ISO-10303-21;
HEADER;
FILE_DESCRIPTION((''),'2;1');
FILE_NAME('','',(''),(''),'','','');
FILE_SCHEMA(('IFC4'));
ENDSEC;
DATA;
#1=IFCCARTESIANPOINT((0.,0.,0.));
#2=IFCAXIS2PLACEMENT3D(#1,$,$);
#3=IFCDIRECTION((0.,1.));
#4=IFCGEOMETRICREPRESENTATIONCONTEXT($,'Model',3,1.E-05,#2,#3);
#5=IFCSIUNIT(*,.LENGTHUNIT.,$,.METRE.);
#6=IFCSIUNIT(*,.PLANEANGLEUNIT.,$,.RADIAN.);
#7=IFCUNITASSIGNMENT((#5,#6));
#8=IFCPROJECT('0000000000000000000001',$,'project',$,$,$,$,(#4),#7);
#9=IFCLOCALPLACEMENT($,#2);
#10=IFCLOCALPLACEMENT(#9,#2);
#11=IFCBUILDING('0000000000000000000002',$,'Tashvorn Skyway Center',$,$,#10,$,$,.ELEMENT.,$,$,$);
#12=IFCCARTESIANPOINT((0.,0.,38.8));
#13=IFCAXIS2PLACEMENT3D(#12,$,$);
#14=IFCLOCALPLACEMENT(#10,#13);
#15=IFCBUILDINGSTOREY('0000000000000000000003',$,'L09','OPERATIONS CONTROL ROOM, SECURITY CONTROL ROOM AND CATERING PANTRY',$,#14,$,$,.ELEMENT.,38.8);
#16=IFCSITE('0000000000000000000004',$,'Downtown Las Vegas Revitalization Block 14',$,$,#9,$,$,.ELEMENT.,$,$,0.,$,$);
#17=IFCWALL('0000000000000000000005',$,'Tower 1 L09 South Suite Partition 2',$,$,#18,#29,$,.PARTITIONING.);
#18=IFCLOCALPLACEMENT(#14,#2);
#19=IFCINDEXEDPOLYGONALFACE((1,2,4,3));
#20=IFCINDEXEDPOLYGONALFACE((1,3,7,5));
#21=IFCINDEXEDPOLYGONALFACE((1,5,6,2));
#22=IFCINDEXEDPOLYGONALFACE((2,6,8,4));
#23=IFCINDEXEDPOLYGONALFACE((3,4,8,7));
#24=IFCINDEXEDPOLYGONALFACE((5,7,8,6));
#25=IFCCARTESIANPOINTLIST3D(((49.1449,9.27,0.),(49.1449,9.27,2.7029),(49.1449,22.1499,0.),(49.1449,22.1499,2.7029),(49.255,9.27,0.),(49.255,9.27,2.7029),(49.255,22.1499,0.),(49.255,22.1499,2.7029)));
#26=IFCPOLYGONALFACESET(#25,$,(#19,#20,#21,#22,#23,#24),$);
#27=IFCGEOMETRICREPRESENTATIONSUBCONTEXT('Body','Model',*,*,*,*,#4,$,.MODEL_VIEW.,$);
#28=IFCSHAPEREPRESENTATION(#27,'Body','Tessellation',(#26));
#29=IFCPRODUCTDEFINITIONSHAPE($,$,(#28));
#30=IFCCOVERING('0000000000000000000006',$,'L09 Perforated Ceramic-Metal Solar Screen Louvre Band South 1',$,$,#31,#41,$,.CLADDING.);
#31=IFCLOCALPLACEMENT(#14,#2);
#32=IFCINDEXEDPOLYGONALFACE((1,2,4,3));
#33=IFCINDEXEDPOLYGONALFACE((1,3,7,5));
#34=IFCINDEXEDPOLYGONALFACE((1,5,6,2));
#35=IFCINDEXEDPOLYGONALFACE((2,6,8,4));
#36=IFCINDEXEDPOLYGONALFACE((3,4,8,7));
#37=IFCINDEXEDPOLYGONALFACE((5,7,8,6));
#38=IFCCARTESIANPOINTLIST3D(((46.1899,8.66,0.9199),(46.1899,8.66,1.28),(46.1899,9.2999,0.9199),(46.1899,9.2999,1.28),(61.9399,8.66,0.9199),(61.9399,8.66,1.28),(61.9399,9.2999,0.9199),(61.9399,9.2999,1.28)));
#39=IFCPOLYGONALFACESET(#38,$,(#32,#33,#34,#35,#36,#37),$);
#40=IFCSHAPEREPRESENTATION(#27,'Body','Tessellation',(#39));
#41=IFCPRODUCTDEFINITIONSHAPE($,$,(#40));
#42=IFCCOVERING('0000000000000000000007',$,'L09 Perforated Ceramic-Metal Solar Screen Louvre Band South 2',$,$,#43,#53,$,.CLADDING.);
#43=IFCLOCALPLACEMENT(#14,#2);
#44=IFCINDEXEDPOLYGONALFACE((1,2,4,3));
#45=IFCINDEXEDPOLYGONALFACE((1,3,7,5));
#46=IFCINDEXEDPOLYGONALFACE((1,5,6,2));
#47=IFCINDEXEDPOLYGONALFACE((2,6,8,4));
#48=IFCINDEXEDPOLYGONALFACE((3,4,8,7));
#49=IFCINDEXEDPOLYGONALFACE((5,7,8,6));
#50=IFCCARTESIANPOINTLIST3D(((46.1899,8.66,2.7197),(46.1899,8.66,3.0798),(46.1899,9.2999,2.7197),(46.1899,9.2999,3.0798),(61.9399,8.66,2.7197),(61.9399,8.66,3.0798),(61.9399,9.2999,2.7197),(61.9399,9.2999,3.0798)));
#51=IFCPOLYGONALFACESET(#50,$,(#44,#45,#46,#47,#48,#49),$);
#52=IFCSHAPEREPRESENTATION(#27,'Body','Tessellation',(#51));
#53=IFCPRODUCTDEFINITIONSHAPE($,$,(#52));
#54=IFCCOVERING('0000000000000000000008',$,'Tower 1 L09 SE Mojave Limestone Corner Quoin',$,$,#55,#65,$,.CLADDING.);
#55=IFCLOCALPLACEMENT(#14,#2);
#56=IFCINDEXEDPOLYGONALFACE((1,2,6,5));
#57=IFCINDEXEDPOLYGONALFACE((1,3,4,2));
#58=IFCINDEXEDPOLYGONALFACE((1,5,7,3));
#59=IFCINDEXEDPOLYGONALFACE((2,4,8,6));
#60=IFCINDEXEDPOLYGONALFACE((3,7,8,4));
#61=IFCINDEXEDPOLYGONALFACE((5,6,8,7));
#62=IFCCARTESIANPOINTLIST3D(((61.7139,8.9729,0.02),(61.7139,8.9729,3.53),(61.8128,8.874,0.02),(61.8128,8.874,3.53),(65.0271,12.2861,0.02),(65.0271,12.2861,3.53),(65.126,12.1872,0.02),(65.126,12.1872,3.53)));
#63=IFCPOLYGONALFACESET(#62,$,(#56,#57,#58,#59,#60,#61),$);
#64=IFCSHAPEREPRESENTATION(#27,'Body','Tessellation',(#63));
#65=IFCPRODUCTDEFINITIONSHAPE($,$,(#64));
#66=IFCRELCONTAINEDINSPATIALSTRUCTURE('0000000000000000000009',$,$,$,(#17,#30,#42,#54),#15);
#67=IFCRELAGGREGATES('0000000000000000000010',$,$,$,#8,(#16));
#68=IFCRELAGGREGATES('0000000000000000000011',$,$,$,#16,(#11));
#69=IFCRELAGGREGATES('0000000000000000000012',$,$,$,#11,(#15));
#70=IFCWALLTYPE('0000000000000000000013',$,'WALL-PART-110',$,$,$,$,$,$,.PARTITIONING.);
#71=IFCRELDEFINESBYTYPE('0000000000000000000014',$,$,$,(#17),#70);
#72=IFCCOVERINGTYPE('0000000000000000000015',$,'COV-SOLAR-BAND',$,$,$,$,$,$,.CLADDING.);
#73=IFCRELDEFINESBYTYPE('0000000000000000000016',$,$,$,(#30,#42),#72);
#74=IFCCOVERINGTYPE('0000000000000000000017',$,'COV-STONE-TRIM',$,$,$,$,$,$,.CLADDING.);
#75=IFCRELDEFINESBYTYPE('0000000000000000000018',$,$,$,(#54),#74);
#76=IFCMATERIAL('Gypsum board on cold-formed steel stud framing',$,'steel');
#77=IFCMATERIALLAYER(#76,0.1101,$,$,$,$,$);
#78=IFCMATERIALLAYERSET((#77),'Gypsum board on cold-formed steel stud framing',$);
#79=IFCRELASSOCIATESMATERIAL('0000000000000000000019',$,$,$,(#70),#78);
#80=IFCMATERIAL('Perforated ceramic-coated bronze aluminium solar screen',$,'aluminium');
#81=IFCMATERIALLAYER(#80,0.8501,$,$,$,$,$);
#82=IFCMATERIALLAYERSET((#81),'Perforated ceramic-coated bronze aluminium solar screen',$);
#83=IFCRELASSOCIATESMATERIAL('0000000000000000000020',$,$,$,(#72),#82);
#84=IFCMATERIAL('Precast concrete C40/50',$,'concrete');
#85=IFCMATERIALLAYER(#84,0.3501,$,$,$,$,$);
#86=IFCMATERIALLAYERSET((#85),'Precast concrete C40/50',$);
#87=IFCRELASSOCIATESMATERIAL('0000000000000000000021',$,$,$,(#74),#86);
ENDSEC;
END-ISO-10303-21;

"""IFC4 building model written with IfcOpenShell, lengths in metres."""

from ifc_helpers import new_model, si_unit, direction, frame, frame_2d, origin, origin_2d, place, context, subcontext, project, spatial, rectangle, extrude, material, layer, layer_set, type_object, element, save


model = new_model("IFC4")

# Units and contexts
model_context = context("Model", 3, precision=1e-05, world=origin(), true_north=direction((0.0, 1.0)))
body_context = subcontext(model_context, "Body", "Model", "MODEL_VIEW")
ifc_project = project(units=[si_unit("LENGTHUNIT", "METRE"), si_unit("PLANEANGLEUNIT", "RADIAN")], contexts=[model_context])

# Site, building, storey
site_placement = place(None, origin())
site = spatial("IfcSite", under=ifc_project, at=site_placement, Name="Downtown Las Vegas Revitalization Block 14", CompositionType="ELEMENT", RefElevation=0.0)
building_placement = place(site_placement, origin())
building = spatial("IfcBuilding", under=site, at=building_placement, Name="Tashvorn Skyway Center", CompositionType="ELEMENT")
storey_placement = place(building_placement, frame((0.0, 0.0, 38.8)))
storey = spatial("IfcBuildingStorey", under=building, at=storey_placement, Name="L09", Description="OPERATIONS CONTROL ROOM, SECURITY CONTROL ROOM AND CATERING PANTRY", CompositionType="ELEMENT", Elevation=38.8)

# Wall
ifc_material_1 = material(Name="Gypsum board on cold-formed steel stud framing", Category="steel")
ifc_layer_1 = layer(ifc_material_1, 0.1101)
ifc_layer_set_1 = layer_set([ifc_layer_1], Name="Gypsum board on cold-formed steel stud framing")
wall_type = type_object("IfcWallType", Name="WALL-PART-110", PredefinedType="PARTITIONING", material=ifc_layer_set_1)
wall_placement = place(storey_placement, frame((49.2, 9.27, 0.0), z_axis=(0.0, 0.0, 1.0), x_axis=(0.0, 1.0, 0.0)))
element("IfcWall", 1, at=wall_placement, inside=storey, type_object=wall_type, Name="Tower 1 L09 South Suite Partition 2", PredefinedType="PARTITIONING", context=body_context, shape_type="SweptSolid", body=[
    extrude(rectangle(XDim=12.8799, YDim=0.1101, at=frame_2d((6.4399, 0.0))), origin(), (0.0, 0.0, 1.0), 2.7029),
])

# Coverings
ifc_material_2 = material(Name="Perforated ceramic-coated bronze aluminium solar screen", Category="aluminium")
ifc_layer_2 = layer(ifc_material_2, 0.8501)
ifc_layer_set_2 = layer_set([ifc_layer_2], Name="Perforated ceramic-coated bronze aluminium solar screen")
covering_type_1 = type_object("IfcCoveringType", Name="COV-SOLAR-BAND", PredefinedType="CLADDING", material=ifc_layer_set_2)
for number, where, z_axis, x_axis, name in (
    (2, (54.0649, 8.98, 0.9199), (0.0, 0.0, 1.0), (-1.0, 0.0, 0.0), "L09 Perforated Ceramic-Metal Solar Screen Louvre Band South 1"),
    (3, (54.0649, 8.98, 2.7197), (0.0, 0.0, 1.0), (-1.0, 0.0, 0.0), "L09 Perforated Ceramic-Metal Solar Screen Louvre Band South 2"),
):
    element("IfcCovering", number, at=place(storey_placement, frame(where, z_axis=z_axis, x_axis=x_axis)), inside=storey, type_object=covering_type_1, Name=name, PredefinedType="CLADDING", context=body_context, shape_type="SweptSolid", body=[
        extrude(rectangle(XDim=15.75, YDim=0.6399, at=origin_2d()), origin(), (0.0, 0.0, 1.0), 0.3601),
    ])
ifc_material_3 = material(Name="Precast concrete C40/50", Category="concrete")
ifc_layer_3 = layer(ifc_material_3, 0.3501)
ifc_layer_set_3 = layer_set([ifc_layer_3], Name="Precast concrete C40/50")
covering_type_2 = type_object("IfcCoveringType", Name="COV-STONE-TRIM", PredefinedType="CLADDING", material=ifc_layer_set_3)
covering_placement = place(storey_placement, frame((63.4199, 10.5801, 0.02), z_axis=(0.0, 0.0, 1.0), x_axis=(0.707107, 0.707107, 0.0)))
element("IfcCovering", 4, at=covering_placement, inside=storey, type_object=covering_type_2, Name="Tower 1 L09 SE Mojave Limestone Corner Quoin", PredefinedType="CLADDING", context=body_context, shape_type="SweptSolid", body=[
    extrude(rectangle(XDim=4.6855, YDim=0.1399, at=origin_2d()), origin(), (0.0, 0.0, 1.0), 3.51),
])

save(model, "model.ifc")
